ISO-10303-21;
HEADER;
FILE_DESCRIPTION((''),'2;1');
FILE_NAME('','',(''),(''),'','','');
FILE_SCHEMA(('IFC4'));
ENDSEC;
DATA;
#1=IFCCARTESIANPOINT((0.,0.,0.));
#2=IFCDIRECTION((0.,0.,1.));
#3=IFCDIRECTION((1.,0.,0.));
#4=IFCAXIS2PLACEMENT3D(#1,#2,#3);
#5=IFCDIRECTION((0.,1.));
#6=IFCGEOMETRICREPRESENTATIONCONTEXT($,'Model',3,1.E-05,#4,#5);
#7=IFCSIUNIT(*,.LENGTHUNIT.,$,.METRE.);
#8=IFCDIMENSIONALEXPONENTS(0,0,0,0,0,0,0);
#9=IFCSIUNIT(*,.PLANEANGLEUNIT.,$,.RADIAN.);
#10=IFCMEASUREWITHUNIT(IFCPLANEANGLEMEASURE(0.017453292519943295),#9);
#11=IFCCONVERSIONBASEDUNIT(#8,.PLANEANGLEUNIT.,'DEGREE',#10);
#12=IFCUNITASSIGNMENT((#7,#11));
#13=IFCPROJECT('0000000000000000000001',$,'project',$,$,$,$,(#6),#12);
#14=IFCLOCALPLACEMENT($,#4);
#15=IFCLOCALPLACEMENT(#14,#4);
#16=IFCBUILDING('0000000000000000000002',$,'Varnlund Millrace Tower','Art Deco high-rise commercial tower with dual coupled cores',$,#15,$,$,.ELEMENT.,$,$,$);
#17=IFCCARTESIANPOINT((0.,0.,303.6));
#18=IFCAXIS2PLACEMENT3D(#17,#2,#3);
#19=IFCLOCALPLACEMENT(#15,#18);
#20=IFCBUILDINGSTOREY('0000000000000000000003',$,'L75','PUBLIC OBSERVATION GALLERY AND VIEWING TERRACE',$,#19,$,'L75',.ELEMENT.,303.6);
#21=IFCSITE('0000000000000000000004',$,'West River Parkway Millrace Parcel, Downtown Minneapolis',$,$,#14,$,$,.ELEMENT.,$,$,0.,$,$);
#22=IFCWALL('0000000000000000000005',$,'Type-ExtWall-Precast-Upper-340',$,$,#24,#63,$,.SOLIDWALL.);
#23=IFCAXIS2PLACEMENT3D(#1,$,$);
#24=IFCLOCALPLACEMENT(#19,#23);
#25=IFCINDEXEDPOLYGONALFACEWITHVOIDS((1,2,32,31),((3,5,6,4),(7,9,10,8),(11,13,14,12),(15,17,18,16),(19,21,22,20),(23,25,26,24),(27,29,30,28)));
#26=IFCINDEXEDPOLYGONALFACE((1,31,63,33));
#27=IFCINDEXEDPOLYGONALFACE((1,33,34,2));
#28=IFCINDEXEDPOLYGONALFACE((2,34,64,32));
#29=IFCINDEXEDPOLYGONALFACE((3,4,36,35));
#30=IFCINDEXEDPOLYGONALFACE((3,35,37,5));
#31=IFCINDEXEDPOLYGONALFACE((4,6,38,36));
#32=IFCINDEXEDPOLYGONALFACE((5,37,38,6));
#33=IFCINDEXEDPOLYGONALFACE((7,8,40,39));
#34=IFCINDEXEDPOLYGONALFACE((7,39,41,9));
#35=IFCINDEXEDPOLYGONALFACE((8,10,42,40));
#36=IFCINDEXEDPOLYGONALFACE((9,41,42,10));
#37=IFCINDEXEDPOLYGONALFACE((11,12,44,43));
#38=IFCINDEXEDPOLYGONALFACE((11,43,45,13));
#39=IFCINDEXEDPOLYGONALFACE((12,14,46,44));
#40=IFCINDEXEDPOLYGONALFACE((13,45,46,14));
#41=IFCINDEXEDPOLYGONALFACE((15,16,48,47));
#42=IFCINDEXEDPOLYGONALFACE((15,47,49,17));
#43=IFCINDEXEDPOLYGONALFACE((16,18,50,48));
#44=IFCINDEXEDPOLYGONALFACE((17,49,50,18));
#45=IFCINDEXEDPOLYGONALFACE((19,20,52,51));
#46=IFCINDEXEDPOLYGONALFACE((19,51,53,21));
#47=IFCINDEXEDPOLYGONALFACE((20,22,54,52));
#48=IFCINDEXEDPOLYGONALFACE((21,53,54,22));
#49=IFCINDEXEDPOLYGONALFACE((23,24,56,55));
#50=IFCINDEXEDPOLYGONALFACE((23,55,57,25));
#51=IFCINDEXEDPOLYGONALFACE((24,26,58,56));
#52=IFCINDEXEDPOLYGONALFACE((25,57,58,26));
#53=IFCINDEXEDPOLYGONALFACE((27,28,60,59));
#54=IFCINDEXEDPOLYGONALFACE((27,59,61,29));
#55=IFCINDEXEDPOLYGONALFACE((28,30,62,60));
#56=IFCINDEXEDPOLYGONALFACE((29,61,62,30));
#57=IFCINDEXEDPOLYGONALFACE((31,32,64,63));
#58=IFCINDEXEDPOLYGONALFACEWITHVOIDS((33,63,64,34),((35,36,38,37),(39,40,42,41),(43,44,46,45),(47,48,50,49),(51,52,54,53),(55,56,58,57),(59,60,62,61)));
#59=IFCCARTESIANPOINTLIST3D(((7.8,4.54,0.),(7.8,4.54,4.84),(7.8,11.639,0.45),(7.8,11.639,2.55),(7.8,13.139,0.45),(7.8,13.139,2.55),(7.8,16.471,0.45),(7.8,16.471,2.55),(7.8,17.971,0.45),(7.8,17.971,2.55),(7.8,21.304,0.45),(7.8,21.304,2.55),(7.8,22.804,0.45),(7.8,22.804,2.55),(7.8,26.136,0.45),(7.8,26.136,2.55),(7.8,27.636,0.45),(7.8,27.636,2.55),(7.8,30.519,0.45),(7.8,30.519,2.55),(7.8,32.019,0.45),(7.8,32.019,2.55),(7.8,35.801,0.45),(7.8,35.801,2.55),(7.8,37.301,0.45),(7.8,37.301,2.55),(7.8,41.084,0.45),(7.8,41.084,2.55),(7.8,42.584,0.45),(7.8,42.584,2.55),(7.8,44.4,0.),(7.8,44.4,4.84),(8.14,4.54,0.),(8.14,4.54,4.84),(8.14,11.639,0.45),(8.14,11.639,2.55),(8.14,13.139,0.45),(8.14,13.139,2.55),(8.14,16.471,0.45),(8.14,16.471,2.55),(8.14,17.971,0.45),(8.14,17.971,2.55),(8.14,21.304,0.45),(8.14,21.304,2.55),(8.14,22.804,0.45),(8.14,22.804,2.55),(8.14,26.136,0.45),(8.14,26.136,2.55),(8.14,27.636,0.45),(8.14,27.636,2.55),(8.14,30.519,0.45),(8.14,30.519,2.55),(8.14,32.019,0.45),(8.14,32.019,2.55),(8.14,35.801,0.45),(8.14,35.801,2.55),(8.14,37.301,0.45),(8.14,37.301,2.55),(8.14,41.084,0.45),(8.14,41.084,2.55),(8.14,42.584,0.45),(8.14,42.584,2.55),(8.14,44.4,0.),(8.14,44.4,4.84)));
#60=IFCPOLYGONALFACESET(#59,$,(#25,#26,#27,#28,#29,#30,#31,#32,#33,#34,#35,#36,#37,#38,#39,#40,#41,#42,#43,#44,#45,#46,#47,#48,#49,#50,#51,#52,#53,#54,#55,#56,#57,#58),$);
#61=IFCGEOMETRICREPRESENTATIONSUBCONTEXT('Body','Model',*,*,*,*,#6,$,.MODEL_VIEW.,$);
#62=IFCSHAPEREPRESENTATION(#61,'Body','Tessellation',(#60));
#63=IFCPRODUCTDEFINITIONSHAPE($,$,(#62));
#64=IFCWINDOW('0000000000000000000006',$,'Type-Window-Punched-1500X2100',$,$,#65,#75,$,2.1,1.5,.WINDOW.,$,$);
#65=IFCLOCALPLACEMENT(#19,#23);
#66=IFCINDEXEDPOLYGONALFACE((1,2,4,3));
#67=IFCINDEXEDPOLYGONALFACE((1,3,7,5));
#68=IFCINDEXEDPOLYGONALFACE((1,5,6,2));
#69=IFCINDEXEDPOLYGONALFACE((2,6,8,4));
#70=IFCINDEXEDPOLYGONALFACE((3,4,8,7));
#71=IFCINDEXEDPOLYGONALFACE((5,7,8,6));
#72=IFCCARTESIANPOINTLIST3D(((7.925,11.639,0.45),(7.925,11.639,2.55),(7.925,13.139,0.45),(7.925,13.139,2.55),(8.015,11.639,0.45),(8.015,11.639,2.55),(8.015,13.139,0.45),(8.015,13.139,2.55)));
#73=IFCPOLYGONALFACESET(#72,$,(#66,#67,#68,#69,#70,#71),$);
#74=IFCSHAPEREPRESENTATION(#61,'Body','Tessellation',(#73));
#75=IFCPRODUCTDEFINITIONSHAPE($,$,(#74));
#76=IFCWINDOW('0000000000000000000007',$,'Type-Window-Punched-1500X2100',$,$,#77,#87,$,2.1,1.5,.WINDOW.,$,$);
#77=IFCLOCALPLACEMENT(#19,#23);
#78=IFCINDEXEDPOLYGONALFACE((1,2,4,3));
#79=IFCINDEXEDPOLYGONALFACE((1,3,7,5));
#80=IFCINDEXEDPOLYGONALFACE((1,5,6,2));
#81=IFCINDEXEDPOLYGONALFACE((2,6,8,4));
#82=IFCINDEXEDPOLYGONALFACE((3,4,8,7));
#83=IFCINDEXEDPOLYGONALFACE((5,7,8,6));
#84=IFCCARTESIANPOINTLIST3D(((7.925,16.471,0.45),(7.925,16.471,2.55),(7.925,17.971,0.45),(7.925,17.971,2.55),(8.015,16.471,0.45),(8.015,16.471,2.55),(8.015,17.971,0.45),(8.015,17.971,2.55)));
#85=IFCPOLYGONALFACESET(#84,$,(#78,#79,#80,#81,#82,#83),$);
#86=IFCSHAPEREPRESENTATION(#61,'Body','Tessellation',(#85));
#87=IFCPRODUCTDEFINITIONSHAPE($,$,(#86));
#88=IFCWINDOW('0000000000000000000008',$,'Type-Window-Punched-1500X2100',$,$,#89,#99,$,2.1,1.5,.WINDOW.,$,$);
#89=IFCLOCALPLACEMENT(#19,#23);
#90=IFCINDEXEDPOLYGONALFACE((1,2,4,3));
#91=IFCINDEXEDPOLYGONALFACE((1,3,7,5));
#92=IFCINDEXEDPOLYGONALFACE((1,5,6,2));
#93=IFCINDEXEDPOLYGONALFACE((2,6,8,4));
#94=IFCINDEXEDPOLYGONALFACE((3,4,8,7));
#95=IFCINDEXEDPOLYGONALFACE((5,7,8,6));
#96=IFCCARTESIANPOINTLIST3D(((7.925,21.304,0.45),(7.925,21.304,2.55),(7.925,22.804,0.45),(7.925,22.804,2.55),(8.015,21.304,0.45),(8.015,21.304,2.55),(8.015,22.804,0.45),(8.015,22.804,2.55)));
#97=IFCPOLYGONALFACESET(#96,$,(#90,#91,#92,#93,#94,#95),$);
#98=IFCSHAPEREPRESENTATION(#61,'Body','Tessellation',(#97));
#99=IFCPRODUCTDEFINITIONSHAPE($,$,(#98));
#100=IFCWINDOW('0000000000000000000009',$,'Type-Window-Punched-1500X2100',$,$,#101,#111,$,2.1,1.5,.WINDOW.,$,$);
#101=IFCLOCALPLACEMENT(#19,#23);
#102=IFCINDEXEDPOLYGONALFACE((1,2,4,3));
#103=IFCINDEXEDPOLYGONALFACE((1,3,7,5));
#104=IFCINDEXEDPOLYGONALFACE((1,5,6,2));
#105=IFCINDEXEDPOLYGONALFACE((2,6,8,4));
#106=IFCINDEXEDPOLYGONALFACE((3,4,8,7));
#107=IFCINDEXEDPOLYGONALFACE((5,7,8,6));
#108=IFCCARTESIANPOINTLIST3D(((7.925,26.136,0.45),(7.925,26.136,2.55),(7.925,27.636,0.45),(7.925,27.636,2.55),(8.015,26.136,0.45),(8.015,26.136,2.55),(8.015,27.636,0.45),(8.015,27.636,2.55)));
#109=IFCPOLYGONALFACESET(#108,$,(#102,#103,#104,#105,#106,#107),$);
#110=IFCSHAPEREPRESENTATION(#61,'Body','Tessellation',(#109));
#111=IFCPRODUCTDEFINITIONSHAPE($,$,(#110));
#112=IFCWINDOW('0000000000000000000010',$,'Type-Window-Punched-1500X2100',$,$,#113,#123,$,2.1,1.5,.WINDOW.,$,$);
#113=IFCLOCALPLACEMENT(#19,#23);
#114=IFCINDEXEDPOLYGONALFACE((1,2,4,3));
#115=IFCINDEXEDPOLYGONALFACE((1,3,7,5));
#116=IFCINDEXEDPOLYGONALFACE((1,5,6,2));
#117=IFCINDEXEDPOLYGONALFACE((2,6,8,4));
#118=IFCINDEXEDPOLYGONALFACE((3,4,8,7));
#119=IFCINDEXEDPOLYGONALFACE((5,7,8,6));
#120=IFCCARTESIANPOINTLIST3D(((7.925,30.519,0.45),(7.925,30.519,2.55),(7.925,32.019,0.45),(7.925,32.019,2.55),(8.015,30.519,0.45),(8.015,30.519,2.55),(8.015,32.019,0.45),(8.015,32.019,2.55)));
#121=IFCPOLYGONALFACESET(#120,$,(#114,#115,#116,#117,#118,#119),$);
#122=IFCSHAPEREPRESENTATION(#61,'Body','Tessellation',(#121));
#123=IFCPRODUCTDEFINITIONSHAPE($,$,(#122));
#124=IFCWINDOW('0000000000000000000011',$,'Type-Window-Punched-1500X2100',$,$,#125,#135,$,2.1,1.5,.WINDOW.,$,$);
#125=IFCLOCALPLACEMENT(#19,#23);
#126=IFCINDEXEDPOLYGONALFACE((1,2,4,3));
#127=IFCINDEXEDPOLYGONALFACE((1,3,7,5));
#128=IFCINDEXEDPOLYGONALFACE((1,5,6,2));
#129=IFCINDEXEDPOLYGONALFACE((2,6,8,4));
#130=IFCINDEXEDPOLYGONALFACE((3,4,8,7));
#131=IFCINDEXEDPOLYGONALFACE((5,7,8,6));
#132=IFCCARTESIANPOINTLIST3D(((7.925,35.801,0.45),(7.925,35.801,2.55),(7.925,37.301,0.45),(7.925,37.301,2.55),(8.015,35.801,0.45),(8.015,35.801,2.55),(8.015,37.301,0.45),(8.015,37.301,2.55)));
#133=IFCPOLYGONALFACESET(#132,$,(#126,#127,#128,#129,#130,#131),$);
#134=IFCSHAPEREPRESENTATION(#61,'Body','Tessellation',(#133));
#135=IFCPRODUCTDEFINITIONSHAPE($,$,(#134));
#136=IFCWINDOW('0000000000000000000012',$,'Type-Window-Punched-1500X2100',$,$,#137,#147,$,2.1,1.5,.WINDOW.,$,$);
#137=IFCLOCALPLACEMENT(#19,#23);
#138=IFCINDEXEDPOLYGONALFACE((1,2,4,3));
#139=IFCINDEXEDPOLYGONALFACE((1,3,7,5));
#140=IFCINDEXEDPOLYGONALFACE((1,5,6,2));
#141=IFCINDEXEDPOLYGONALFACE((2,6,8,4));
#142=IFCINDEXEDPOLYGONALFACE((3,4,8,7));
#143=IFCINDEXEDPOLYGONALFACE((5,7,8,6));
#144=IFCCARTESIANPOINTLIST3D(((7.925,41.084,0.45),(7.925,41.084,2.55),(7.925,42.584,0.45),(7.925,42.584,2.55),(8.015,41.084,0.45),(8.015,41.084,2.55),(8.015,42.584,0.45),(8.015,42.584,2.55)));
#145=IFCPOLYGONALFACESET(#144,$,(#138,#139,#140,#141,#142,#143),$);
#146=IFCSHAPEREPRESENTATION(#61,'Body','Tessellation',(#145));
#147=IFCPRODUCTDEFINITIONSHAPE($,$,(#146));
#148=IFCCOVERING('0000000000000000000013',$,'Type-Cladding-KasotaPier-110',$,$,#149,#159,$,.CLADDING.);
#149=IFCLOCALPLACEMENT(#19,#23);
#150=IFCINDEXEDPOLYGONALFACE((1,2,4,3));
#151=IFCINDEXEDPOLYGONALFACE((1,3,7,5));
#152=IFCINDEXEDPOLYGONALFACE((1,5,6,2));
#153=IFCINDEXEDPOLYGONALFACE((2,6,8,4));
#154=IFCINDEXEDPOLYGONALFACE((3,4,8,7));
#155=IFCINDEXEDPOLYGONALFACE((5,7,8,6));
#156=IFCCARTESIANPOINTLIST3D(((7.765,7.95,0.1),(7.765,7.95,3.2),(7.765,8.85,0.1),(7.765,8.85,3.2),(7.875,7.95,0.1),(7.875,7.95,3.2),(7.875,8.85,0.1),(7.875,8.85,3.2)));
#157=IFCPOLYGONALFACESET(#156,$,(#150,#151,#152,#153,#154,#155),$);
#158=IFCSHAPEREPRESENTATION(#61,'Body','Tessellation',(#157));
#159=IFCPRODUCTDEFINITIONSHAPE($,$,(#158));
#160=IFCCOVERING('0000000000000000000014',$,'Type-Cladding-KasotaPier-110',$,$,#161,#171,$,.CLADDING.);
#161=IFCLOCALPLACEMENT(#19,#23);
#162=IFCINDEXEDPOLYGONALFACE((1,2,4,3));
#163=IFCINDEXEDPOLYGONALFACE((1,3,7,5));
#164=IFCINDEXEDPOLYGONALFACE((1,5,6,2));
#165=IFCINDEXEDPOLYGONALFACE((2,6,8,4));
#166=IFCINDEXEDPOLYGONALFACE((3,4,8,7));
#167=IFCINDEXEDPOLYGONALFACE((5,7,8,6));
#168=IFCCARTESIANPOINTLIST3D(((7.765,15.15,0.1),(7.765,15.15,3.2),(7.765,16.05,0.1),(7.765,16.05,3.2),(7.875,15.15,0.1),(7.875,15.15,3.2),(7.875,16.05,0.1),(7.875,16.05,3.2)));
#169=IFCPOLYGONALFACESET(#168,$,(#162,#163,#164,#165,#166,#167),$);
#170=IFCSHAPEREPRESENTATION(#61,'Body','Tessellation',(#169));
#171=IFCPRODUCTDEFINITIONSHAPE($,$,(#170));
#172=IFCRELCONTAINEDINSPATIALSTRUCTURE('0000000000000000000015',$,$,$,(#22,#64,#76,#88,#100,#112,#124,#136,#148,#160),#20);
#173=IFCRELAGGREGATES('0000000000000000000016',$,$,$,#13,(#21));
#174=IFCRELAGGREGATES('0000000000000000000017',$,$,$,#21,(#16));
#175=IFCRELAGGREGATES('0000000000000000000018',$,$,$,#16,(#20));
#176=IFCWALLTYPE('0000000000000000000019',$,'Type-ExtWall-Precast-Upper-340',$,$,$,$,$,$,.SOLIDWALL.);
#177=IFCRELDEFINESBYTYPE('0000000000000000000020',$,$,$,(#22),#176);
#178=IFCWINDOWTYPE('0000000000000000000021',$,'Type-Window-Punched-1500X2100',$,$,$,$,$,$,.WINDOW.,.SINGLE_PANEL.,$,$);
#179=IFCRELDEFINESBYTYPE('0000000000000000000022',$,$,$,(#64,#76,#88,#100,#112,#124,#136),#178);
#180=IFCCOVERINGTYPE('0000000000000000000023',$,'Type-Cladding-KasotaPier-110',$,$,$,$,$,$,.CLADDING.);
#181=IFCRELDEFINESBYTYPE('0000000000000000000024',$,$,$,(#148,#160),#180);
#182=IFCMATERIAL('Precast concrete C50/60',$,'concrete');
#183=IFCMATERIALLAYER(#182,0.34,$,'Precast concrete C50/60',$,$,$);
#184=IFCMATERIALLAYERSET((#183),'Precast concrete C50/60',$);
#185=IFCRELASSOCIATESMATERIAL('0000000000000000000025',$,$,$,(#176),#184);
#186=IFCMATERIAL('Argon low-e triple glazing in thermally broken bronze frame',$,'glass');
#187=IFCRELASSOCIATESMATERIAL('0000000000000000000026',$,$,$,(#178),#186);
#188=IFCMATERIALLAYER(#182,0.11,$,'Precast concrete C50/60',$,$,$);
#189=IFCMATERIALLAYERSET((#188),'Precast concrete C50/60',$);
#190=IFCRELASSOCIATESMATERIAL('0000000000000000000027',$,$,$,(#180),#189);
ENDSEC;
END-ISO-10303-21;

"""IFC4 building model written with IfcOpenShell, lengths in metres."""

from ifc_helpers import new_model, entity, si_unit, converted_unit, direction, frame, origin_with_axes, origin_2d_with_axis, place, context, subcontext, project, spatial, polyline, rectangle, outline, extrude, material, layer, layer_set, type_object, element, fill, save


model = new_model("IFC4")

# Units and contexts
model_context = context("Model", 3, precision=1e-05, world=origin_with_axes(), true_north=direction((0.0, 1.0)))
body_context = subcontext(model_context, "Body", "Model", "MODEL_VIEW")
ifc_project = project(units=[si_unit("LENGTHUNIT", "METRE"), converted_unit("PLANEANGLEUNIT", "DEGREE", entity("IfcPlaneAngleMeasure", 0.017453292519943295), si_unit("PLANEANGLEUNIT", "RADIAN"), dimensions=[0, 0, 0, 0, 0, 0, 0])], contexts=[model_context])

# Site, building, storey
site_placement = place(None, origin_with_axes())
site = spatial("IfcSite", under=ifc_project, at=site_placement, Name="West River Parkway Millrace Parcel, Downtown Minneapolis", CompositionType="ELEMENT", RefElevation=0.0)
building_placement = place(site_placement, origin_with_axes())
building = spatial("IfcBuilding", under=site, at=building_placement, Name="Varnlund Millrace Tower", Description="Art Deco high-rise commercial tower with dual coupled cores", CompositionType="ELEMENT")
storey_placement = place(building_placement, frame((0.0, 0.0, 303.6), z_axis=(0.0, 0.0, 1.0), x_axis=(1.0, 0.0, 0.0)))
storey = spatial("IfcBuildingStorey", under=building, at=storey_placement, Name="L75", Description="PUBLIC OBSERVATION GALLERY AND VIEWING TERRACE", LongName="L75", CompositionType="ELEMENT", Elevation=303.6)

# Shared definitions
ifc_material_1 = material(Name="Precast concrete C50/60", Category="concrete")
ifc_layer_1 = layer(ifc_material_1, 0.34, Name="Precast concrete C50/60")
ifc_layer_set_1 = layer_set([ifc_layer_1], Name="Precast concrete C50/60")
wall_type = type_object("IfcWallType", Name="Type-ExtWall-Precast-Upper-340", PredefinedType="SOLIDWALL", material=ifc_layer_set_1)

# Wall, openings, windows
wall_1_placement = place(storey_placement, frame((7.97, 4.54, 0.0), z_axis=(0.0, 0.0, 1.0), x_axis=(0.0, 1.0, 0.0)))
wall_1 = element("IfcWall", 1, at=wall_1_placement, inside=storey, type_object=wall_type, Name="Type-ExtWall-Precast-Upper-340", PredefinedType="SOLIDWALL", context=body_context, shape_type="SweptSolid", body=[
    extrude(outline(polyline([(0.0, -0.17), (39.86, -0.17), (39.86, 0.17), (0.0, 0.17), (0.0, -0.17)])), origin_with_axes(), (0.0, 0.0, 1.0), 4.84),
])
opening_1_placement = place(wall_1_placement, frame((7.849, 0.0, 0.45), z_axis=(0.0, 0.0, 1.0), x_axis=(1.0, 0.0, 0.0)))
opening_1 = element("IfcOpeningElement", 2, at=opening_1_placement, cuts=wall_1, PredefinedType="OPENING", context=body_context, shape_type="SweptSolid", body=[
    extrude(rectangle(XDim=1.5, YDim=0.36, at=origin_2d_with_axis()), origin_with_axes(), (0.0, 0.0, 1.0), 2.1),
])
opening_2_placement = place(wall_1_placement, frame((12.681, 0.0, 0.45), z_axis=(0.0, 0.0, 1.0), x_axis=(1.0, 0.0, 0.0)))
opening_2 = element("IfcOpeningElement", 3, at=opening_2_placement, cuts=wall_1, PredefinedType="OPENING", context=body_context, shape_type="SweptSolid", body=[
    extrude(rectangle(XDim=1.5, YDim=0.36, at=origin_2d_with_axis()), origin_with_axes(), (0.0, 0.0, 1.0), 2.1),
])
opening_3_placement = place(wall_1_placement, frame((17.514, 0.0, 0.45), z_axis=(0.0, 0.0, 1.0), x_axis=(1.0, 0.0, 0.0)))
opening_3 = element("IfcOpeningElement", 4, at=opening_3_placement, cuts=wall_1, PredefinedType="OPENING", context=body_context, shape_type="SweptSolid", body=[
    extrude(rectangle(XDim=1.5, YDim=0.36, at=origin_2d_with_axis()), origin_with_axes(), (0.0, 0.0, 1.0), 2.1),
])
opening_4_placement = place(wall_1_placement, frame((22.346, 0.0, 0.45), z_axis=(0.0, 0.0, 1.0), x_axis=(1.0, 0.0, 0.0)))
opening_4 = element("IfcOpeningElement", 5, at=opening_4_placement, cuts=wall_1, PredefinedType="OPENING", context=body_context, shape_type="SweptSolid", body=[
    extrude(rectangle(XDim=1.5, YDim=0.36, at=origin_2d_with_axis()), origin_with_axes(), (0.0, 0.0, 1.0), 2.1),
])
opening_5_placement = place(wall_1_placement, frame((26.729, 0.0, 0.45), z_axis=(0.0, 0.0, 1.0), x_axis=(1.0, 0.0, 0.0)))
opening_5 = element("IfcOpeningElement", 6, at=opening_5_placement, cuts=wall_1, PredefinedType="OPENING", context=body_context, shape_type="SweptSolid", body=[
    extrude(rectangle(XDim=1.5, YDim=0.36, at=origin_2d_with_axis()), origin_with_axes(), (0.0, 0.0, 1.0), 2.1),
])
opening_6_placement = place(wall_1_placement, frame((32.011, 0.0, 0.45), z_axis=(0.0, 0.0, 1.0), x_axis=(1.0, 0.0, 0.0)))
opening_6 = element("IfcOpeningElement", 7, at=opening_6_placement, cuts=wall_1, PredefinedType="OPENING", context=body_context, shape_type="SweptSolid", body=[
    extrude(rectangle(XDim=1.5, YDim=0.36, at=origin_2d_with_axis()), origin_with_axes(), (0.0, 0.0, 1.0), 2.1),
])
opening_7_placement = place(wall_1_placement, frame((37.294, 0.0, 0.45), z_axis=(0.0, 0.0, 1.0), x_axis=(1.0, 0.0, 0.0)))
opening_7 = element("IfcOpeningElement", 8, at=opening_7_placement, cuts=wall_1, PredefinedType="OPENING", context=body_context, shape_type="SweptSolid", body=[
    extrude(rectangle(XDim=1.5, YDim=0.36, at=origin_2d_with_axis()), origin_with_axes(), (0.0, 0.0, 1.0), 2.1),
])
ifc_material_2 = material(Name="Argon low-e triple glazing in thermally broken bronze frame", Category="glass")
window_type = type_object("IfcWindowType", Name="Type-Window-Punched-1500X2100", PartitioningType="SINGLE_PANEL", PredefinedType="WINDOW", material=ifc_material_2)
window_1_placement = place(wall_1_placement, frame((7.849, 0.0, 0.45), z_axis=(0.0, 0.0, 1.0), x_axis=(1.0, 0.0, 0.0)))
window_1 = element("IfcWindow", 9, at=window_1_placement, inside=storey, type_object=window_type, Name="Type-Window-Punched-1500X2100", OverallHeight=2.1, OverallWidth=1.5, PredefinedType="WINDOW", context=body_context, shape_type="SweptSolid", body=[
    extrude(rectangle(XDim=1.5, YDim=0.09, at=origin_2d_with_axis()), origin_with_axes(), (0.0, 0.0, 1.0), 2.1),
])
fill(opening_1, window_1)
window_2_placement = place(wall_1_placement, frame((12.681, 0.0, 0.45), z_axis=(0.0, 0.0, 1.0), x_axis=(1.0, 0.0, 0.0)))
window_2 = element("IfcWindow", 10, at=window_2_placement, inside=storey, type_object=window_type, Name="Type-Window-Punched-1500X2100", OverallHeight=2.1, OverallWidth=1.5, PredefinedType="WINDOW", context=body_context, shape_type="SweptSolid", body=[
    extrude(rectangle(XDim=1.5, YDim=0.09, at=origin_2d_with_axis()), origin_with_axes(), (0.0, 0.0, 1.0), 2.1),
])
fill(opening_2, window_2)
window_3_placement = place(wall_1_placement, frame((17.514, 0.0, 0.45), z_axis=(0.0, 0.0, 1.0), x_axis=(1.0, 0.0, 0.0)))
window_3 = element("IfcWindow", 11, at=window_3_placement, inside=storey, type_object=window_type, Name="Type-Window-Punched-1500X2100", OverallHeight=2.1, OverallWidth=1.5, PredefinedType="WINDOW", context=body_context, shape_type="SweptSolid", body=[
    extrude(rectangle(XDim=1.5, YDim=0.09, at=origin_2d_with_axis()), origin_with_axes(), (0.0, 0.0, 1.0), 2.1),
])
fill(opening_3, window_3)
window_4_placement = place(wall_1_placement, frame((22.346, 0.0, 0.45), z_axis=(0.0, 0.0, 1.0), x_axis=(1.0, 0.0, 0.0)))
window_4 = element("IfcWindow", 12, at=window_4_placement, inside=storey, type_object=window_type, Name="Type-Window-Punched-1500X2100", OverallHeight=2.1, OverallWidth=1.5, PredefinedType="WINDOW", context=body_context, shape_type="SweptSolid", body=[
    extrude(rectangle(XDim=1.5, YDim=0.09, at=origin_2d_with_axis()), origin_with_axes(), (0.0, 0.0, 1.0), 2.1),
])
fill(opening_4, window_4)
window_5_placement = place(wall_1_placement, frame((26.729, 0.0, 0.45), z_axis=(0.0, 0.0, 1.0), x_axis=(1.0, 0.0, 0.0)))
window_5 = element("IfcWindow", 13, at=window_5_placement, inside=storey, type_object=window_type, Name="Type-Window-Punched-1500X2100", OverallHeight=2.1, OverallWidth=1.5, PredefinedType="WINDOW", context=body_context, shape_type="SweptSolid", body=[
    extrude(rectangle(XDim=1.5, YDim=0.09, at=origin_2d_with_axis()), origin_with_axes(), (0.0, 0.0, 1.0), 2.1),
])
fill(opening_5, window_5)
window_6_placement = place(wall_1_placement, frame((32.011, 0.0, 0.45), z_axis=(0.0, 0.0, 1.0), x_axis=(1.0, 0.0, 0.0)))
window_6 = element("IfcWindow", 14, at=window_6_placement, inside=storey, type_object=window_type, Name="Type-Window-Punched-1500X2100", OverallHeight=2.1, OverallWidth=1.5, PredefinedType="WINDOW", context=body_context, shape_type="SweptSolid", body=[
    extrude(rectangle(XDim=1.5, YDim=0.09, at=origin_2d_with_axis()), origin_with_axes(), (0.0, 0.0, 1.0), 2.1),
])
fill(opening_6, window_6)
window_7_placement = place(wall_1_placement, frame((37.294, 0.0, 0.45), z_axis=(0.0, 0.0, 1.0), x_axis=(1.0, 0.0, 0.0)))
window_7 = element("IfcWindow", 15, at=window_7_placement, inside=storey, type_object=window_type, Name="Type-Window-Punched-1500X2100", OverallHeight=2.1, OverallWidth=1.5, PredefinedType="WINDOW", context=body_context, shape_type="SweptSolid", body=[
    extrude(rectangle(XDim=1.5, YDim=0.09, at=origin_2d_with_axis()), origin_with_axes(), (0.0, 0.0, 1.0), 2.1),
])
fill(opening_7, window_7)

# Coverings
ifc_layer_2 = layer(ifc_material_1, 0.11, Name="Precast concrete C50/60")
ifc_layer_set_2 = layer_set([ifc_layer_2], Name="Precast concrete C50/60")
covering_type = type_object("IfcCoveringType", Name="Type-Cladding-KasotaPier-110", PredefinedType="CLADDING", material=ifc_layer_set_2)
for number, where, z_axis, x_axis, name in (
    (16, (7.82, 8.4, 0.1), (0.0, 0.0, 1.0), (1.0, 0.0, 0.0), "Type-Cladding-KasotaPier-110"),
    (17, (7.82, 15.6, 0.1), (0.0, 0.0, 1.0), (1.0, 0.0, 0.0), "Type-Cladding-KasotaPier-110"),
):
    element("IfcCovering", number, at=place(storey_placement, frame(where, z_axis=z_axis, x_axis=x_axis)), inside=storey, type_object=covering_type, Name=name, PredefinedType="CLADDING", context=body_context, shape_type="SweptSolid", body=[
        extrude(rectangle(XDim=0.11, YDim=0.9, at=origin_2d_with_axis()), origin_with_axes(), (0.0, 0.0, 1.0), 3.1),
    ])

save(model, "model.ifc")
